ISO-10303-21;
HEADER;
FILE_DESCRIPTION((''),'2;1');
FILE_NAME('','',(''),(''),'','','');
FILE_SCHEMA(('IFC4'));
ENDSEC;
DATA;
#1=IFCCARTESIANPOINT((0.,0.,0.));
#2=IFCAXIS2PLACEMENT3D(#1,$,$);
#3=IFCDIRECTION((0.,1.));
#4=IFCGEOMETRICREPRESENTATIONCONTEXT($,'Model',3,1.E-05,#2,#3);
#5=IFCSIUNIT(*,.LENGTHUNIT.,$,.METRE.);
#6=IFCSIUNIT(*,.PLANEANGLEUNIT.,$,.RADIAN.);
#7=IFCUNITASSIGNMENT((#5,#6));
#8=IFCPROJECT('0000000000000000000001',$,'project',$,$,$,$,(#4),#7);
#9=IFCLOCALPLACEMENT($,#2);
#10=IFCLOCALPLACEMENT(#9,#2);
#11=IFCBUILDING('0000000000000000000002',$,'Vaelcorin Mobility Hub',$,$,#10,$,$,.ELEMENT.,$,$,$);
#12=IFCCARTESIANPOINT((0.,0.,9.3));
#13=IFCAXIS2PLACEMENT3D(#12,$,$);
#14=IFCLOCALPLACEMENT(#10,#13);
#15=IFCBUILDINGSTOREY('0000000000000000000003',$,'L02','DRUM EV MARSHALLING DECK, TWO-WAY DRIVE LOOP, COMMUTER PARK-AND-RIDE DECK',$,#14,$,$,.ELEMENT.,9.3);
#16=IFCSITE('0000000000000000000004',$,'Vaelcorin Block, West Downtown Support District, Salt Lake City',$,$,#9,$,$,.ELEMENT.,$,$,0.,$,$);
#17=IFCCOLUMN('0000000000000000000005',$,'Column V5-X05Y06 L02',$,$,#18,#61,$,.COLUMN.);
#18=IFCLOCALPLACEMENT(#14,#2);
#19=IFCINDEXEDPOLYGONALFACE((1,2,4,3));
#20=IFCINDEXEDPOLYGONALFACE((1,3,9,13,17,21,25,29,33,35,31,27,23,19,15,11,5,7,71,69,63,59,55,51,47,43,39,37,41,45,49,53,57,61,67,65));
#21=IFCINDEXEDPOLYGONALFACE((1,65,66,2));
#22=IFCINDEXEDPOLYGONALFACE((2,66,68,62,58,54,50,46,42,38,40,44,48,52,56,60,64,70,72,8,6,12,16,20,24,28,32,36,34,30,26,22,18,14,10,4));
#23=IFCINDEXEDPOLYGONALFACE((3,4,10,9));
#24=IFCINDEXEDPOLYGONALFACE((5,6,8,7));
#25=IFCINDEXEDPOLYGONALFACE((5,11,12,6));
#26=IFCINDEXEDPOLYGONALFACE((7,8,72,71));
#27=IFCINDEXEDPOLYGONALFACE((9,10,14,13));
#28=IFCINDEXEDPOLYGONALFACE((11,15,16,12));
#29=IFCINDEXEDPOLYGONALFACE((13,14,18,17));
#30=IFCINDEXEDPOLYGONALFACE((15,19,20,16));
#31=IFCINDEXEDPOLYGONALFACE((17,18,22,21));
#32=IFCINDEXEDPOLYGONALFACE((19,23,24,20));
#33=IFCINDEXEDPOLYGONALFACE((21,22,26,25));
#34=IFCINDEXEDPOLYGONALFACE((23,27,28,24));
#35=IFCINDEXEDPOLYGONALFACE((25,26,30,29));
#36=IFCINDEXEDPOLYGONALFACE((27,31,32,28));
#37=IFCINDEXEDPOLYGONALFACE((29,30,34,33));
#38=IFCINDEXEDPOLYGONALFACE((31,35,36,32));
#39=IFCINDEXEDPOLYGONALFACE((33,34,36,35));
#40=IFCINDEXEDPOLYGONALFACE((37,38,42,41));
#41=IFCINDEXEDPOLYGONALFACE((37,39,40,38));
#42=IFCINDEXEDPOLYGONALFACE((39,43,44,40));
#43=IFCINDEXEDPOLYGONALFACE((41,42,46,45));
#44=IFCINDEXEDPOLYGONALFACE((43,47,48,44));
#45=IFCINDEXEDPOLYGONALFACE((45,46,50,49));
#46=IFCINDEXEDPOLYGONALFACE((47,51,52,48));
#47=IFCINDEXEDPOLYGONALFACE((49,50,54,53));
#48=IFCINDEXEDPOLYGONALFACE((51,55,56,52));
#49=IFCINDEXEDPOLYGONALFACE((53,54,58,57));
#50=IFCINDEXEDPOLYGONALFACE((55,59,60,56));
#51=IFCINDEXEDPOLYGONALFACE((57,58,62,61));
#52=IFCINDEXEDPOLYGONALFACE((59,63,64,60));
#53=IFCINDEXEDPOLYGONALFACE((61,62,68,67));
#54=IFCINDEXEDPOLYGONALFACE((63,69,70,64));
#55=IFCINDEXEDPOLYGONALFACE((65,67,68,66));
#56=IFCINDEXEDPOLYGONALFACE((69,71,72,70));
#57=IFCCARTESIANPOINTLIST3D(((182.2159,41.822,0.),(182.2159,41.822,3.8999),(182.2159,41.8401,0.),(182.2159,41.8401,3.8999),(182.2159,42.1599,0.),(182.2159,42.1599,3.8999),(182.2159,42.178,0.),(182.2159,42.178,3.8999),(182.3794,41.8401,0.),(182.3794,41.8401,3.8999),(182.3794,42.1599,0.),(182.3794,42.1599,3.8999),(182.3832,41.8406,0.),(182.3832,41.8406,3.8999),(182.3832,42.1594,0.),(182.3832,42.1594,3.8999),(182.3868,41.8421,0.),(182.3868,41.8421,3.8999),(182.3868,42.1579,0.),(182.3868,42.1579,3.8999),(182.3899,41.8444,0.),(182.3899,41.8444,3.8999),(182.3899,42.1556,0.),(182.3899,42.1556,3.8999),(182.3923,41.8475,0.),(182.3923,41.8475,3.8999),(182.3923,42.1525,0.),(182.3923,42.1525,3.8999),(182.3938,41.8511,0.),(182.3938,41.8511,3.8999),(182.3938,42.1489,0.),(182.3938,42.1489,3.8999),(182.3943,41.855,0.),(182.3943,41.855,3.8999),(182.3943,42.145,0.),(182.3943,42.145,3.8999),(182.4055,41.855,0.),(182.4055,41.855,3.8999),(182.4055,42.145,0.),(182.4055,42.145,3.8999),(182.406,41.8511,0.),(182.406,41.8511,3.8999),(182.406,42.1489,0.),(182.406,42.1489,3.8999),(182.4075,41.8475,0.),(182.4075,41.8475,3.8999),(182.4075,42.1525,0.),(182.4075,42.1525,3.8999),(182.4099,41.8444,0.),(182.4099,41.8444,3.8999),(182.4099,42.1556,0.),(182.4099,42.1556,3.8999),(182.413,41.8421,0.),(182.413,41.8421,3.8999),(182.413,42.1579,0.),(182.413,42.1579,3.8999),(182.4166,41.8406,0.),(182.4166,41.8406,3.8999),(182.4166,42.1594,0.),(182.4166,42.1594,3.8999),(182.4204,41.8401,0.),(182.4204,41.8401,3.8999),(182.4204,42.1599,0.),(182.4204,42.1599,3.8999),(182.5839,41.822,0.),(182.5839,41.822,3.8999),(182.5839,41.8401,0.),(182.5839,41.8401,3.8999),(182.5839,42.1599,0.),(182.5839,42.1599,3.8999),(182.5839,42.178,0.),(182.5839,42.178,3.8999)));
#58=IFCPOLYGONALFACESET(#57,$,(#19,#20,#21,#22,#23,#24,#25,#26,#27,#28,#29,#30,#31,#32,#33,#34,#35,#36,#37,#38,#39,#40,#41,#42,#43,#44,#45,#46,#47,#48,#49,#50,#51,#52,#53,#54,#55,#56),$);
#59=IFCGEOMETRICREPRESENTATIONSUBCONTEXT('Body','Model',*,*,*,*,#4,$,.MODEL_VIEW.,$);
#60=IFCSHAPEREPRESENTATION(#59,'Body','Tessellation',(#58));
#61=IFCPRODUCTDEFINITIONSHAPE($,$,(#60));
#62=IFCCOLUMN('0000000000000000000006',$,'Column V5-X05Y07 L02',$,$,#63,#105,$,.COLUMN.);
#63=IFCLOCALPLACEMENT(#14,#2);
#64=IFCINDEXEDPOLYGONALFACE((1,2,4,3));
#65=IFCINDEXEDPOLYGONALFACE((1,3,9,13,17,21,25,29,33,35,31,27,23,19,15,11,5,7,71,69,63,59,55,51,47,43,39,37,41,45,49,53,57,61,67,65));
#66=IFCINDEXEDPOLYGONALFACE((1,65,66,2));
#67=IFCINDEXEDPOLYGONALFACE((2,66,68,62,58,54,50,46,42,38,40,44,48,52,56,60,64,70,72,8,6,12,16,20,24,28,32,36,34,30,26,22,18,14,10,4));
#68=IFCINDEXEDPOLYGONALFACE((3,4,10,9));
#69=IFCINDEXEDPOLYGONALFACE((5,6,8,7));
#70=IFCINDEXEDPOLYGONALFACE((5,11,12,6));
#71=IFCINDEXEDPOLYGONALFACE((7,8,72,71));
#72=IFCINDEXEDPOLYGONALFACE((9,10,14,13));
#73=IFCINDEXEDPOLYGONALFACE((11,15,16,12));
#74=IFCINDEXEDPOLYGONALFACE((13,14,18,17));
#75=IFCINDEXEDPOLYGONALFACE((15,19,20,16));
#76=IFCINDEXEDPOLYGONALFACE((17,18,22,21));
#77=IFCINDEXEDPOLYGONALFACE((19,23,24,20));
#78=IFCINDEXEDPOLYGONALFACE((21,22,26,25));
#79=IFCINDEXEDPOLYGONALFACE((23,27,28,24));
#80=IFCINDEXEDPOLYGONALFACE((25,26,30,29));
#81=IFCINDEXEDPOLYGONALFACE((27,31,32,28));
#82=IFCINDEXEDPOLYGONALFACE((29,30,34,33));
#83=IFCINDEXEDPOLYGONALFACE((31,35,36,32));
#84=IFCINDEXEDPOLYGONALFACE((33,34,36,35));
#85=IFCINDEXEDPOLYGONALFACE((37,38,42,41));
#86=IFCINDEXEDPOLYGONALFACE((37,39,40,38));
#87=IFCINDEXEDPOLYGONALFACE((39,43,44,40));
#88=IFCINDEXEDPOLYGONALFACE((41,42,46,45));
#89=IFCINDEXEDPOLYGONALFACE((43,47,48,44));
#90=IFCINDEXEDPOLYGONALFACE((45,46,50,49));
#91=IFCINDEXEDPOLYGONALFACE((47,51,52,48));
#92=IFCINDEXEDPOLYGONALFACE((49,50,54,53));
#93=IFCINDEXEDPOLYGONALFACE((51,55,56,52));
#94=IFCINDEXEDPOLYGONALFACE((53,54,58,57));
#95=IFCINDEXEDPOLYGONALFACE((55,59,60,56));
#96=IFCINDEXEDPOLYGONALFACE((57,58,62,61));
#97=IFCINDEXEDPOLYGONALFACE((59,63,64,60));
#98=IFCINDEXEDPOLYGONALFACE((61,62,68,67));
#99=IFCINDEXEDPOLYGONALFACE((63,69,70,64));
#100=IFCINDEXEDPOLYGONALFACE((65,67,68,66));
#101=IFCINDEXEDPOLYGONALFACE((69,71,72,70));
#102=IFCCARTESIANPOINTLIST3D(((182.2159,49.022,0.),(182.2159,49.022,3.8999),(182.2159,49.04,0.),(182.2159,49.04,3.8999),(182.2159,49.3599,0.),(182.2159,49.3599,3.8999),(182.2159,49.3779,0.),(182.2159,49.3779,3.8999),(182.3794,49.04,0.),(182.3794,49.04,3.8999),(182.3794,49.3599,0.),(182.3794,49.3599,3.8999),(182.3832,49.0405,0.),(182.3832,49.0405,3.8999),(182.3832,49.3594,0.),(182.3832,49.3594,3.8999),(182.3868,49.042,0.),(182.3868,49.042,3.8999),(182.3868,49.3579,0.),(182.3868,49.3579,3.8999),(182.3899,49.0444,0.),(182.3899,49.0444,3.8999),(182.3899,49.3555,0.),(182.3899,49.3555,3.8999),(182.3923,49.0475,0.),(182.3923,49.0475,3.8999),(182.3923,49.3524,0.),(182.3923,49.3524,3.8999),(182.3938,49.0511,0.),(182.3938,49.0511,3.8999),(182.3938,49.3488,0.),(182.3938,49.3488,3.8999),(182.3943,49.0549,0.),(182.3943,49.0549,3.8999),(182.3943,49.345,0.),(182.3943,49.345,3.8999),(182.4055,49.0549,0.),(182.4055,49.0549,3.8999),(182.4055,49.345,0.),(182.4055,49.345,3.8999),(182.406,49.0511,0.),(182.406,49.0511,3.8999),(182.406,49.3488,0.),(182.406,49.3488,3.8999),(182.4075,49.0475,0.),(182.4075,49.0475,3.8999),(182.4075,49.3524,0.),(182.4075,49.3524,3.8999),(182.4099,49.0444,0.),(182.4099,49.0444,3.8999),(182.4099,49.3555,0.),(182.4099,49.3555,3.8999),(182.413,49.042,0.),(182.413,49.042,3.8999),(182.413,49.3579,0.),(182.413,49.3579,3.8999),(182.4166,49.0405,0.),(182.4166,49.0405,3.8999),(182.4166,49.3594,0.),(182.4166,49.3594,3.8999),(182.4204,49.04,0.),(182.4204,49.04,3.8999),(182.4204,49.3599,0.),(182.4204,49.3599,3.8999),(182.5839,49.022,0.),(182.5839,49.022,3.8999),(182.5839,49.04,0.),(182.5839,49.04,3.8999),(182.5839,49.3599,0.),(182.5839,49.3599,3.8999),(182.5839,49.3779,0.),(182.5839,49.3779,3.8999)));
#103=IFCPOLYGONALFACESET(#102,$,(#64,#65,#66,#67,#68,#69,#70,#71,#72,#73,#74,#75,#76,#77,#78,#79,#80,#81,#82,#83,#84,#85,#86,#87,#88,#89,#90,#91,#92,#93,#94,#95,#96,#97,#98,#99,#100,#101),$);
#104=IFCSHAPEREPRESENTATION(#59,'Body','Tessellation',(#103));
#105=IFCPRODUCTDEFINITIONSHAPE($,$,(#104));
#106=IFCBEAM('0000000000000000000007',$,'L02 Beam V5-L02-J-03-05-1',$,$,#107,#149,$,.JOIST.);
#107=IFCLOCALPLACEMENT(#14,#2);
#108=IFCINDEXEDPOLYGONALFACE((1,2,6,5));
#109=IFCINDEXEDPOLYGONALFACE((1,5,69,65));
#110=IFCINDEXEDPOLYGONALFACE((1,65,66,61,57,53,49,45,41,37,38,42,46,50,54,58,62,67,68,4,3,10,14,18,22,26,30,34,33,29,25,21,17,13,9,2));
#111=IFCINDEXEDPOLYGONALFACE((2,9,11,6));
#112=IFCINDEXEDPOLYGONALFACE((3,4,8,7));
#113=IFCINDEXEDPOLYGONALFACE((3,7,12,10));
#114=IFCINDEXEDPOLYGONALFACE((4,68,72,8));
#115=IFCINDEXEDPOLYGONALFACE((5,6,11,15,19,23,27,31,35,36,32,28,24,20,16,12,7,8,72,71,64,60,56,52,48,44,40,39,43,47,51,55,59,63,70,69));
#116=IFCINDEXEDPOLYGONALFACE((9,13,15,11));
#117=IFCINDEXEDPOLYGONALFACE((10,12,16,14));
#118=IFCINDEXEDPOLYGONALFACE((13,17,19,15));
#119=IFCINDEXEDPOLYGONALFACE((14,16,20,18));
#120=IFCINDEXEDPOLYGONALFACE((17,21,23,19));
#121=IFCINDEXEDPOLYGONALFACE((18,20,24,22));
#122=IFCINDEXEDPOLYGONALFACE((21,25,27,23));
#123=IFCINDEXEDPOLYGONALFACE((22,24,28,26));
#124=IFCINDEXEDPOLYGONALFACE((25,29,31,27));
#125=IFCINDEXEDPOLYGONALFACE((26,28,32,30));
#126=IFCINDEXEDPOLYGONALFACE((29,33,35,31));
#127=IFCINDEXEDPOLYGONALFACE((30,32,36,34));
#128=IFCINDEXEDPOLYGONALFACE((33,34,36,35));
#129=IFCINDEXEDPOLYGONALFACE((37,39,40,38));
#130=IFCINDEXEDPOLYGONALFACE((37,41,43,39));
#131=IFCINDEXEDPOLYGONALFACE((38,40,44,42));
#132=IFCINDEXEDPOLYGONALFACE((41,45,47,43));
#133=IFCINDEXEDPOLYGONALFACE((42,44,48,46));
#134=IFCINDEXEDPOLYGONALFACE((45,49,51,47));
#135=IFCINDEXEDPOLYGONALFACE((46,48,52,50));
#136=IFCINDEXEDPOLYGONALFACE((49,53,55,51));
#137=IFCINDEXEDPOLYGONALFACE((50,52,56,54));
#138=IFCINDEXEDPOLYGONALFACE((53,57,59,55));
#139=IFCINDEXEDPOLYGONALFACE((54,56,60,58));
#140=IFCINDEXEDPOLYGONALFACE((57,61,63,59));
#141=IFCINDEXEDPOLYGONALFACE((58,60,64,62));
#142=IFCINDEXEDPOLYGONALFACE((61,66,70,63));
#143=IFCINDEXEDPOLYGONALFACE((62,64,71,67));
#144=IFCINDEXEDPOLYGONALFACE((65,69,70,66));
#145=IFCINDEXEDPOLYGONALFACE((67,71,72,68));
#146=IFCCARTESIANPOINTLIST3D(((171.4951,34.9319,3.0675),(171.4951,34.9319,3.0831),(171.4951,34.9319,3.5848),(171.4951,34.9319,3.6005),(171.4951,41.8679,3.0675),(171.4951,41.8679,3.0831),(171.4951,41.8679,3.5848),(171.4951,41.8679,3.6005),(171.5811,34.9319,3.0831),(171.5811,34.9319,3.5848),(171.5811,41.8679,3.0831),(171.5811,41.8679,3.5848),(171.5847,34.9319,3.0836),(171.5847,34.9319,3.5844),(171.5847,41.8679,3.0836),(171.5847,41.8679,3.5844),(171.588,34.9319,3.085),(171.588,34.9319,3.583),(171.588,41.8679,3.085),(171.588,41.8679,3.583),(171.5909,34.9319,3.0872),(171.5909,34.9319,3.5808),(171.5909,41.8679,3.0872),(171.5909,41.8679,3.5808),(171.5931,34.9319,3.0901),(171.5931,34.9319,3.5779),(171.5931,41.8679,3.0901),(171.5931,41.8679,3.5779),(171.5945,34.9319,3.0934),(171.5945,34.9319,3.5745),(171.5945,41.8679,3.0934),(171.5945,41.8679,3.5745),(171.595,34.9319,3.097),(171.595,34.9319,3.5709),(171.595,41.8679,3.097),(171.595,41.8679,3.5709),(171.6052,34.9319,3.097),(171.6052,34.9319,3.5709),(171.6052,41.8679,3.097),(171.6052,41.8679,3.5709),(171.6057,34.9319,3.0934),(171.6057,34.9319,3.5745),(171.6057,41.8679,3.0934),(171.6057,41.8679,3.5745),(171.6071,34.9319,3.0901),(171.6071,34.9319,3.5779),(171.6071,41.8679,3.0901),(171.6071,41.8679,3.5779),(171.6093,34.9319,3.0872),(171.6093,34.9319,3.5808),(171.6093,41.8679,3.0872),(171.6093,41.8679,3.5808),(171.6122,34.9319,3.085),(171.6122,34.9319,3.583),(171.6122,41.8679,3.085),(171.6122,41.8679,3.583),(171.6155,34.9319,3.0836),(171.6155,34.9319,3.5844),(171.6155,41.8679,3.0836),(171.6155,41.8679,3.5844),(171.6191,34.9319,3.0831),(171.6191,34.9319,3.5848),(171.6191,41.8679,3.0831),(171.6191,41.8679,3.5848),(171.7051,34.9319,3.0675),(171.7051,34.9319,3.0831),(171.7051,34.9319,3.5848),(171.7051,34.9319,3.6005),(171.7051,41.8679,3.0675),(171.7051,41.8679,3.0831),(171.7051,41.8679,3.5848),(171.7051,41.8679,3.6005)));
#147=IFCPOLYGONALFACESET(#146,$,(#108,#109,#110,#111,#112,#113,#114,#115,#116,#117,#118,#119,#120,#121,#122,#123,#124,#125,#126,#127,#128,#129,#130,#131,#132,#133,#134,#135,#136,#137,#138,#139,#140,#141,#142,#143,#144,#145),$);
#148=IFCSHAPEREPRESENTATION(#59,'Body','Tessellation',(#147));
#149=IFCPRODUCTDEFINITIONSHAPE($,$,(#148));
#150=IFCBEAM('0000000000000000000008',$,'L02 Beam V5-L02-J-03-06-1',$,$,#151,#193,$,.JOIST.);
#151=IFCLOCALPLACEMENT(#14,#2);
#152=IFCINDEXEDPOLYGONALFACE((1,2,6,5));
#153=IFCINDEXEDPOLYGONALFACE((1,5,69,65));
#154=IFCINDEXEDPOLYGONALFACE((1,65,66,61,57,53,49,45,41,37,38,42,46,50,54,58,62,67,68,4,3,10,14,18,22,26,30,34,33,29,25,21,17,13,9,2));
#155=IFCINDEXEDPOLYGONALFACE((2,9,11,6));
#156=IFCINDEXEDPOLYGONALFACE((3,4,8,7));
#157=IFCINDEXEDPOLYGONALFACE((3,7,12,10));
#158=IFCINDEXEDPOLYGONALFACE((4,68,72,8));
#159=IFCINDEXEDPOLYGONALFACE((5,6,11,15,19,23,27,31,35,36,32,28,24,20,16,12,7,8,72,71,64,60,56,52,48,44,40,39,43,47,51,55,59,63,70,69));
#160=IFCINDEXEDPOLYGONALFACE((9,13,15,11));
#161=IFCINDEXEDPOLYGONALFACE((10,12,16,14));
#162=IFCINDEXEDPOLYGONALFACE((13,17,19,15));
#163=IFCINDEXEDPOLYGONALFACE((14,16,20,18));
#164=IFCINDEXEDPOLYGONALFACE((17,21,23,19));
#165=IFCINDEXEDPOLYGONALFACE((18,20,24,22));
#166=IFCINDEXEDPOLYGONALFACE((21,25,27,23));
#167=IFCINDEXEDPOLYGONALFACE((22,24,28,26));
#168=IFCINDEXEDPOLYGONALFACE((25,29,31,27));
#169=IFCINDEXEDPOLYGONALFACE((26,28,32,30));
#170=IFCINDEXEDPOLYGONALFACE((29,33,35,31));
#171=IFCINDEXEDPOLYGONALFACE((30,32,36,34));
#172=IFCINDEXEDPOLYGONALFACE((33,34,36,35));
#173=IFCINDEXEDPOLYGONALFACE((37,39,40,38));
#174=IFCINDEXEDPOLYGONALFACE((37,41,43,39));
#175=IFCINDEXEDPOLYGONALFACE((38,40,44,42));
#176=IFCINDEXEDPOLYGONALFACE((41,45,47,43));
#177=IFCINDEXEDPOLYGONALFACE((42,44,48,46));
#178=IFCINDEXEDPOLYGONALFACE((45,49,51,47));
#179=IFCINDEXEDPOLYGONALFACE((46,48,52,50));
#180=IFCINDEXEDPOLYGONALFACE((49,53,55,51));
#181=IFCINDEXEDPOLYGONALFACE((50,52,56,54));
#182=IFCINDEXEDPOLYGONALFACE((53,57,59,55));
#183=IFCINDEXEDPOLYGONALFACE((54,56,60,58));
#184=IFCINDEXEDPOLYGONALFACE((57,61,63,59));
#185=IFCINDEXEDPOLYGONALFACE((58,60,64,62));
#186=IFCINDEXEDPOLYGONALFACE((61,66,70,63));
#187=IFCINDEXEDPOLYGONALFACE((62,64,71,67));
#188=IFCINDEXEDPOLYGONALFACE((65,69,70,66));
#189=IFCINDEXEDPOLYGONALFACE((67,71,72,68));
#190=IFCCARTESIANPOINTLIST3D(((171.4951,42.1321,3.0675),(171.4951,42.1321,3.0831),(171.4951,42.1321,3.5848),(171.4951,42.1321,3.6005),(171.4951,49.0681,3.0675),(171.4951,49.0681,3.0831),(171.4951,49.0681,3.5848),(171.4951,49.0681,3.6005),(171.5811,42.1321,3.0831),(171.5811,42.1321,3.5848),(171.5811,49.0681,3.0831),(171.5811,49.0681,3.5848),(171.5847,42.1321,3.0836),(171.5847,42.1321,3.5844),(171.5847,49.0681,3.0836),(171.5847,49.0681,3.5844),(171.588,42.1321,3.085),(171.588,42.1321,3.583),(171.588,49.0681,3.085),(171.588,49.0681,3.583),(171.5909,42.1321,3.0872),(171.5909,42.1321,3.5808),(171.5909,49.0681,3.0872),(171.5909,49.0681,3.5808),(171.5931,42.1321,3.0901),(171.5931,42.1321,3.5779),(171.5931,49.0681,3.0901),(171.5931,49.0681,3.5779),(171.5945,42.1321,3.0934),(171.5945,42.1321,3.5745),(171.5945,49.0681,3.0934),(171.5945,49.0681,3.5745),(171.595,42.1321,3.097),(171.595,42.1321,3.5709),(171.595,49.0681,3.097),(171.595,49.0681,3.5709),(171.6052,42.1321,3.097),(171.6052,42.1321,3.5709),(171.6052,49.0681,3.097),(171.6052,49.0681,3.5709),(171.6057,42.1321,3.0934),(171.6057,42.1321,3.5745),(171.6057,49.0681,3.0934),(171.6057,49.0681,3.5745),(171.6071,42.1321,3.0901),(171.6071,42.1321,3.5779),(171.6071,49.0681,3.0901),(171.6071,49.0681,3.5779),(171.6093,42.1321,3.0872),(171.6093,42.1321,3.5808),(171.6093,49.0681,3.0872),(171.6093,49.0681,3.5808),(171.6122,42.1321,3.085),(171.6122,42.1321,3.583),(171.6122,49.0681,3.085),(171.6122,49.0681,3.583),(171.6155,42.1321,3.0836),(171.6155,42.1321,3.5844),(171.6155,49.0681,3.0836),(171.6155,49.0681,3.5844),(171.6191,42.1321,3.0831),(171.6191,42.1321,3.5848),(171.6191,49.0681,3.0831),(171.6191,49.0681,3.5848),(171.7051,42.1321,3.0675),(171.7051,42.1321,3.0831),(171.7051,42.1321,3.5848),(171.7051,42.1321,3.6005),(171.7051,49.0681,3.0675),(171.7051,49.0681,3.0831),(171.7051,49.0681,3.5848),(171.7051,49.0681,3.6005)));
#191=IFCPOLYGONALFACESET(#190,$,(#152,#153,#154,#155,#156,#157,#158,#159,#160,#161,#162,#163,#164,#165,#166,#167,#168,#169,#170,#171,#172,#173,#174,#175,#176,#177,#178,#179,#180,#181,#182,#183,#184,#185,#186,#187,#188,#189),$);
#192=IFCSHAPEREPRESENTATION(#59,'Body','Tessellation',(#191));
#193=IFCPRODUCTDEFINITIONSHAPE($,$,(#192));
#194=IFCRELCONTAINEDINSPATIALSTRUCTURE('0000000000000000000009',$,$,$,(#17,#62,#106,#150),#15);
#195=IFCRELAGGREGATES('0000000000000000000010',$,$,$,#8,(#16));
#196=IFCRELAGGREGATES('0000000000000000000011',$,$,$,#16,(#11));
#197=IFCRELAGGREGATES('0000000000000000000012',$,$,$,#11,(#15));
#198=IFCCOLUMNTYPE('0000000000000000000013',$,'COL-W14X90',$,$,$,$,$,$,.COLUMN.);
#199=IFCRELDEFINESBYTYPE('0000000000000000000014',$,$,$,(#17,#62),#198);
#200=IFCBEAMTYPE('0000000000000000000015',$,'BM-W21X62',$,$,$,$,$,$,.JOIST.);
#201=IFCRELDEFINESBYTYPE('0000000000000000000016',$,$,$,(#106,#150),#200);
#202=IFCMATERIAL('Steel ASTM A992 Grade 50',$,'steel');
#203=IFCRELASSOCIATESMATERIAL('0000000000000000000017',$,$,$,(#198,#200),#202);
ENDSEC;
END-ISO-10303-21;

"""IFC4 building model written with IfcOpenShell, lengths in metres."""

from ifc_helpers import new_model, si_unit, direction, frame, origin, origin_2d, place, context, subcontext, project, spatial, i_section, extrude, material, material_profile, profile_set, type_object, element, save


model = new_model("IFC4")

# Units and contexts
model_context = context("Model", 3, precision=1e-05, world=origin(), true_north=direction((0.0, 1.0)))
body_context = subcontext(model_context, "Body", "Model", "MODEL_VIEW")
ifc_project = project(units=[si_unit("LENGTHUNIT", "METRE"), si_unit("PLANEANGLEUNIT", "RADIAN")], contexts=[model_context])

# Site, building, storey
site_placement = place(None, origin())
site = spatial("IfcSite", under=ifc_project, at=site_placement, Name="Vaelcorin Block, West Downtown Support District, Salt Lake City", CompositionType="ELEMENT", RefElevation=0.0)
building_placement = place(site_placement, origin())
building = spatial("IfcBuilding", under=site, at=building_placement, Name="Vaelcorin Mobility Hub", CompositionType="ELEMENT")
storey_placement = place(building_placement, frame((0.0, 0.0, 9.3)))
storey = spatial("IfcBuildingStorey", under=building, at=storey_placement, Name="L02", Description="DRUM EV MARSHALLING DECK, TWO-WAY DRIVE LOOP, COMMUTER PARK-AND-RIDE DECK", CompositionType="ELEMENT", Elevation=9.3)

# Columns
ifc_material_1 = material(Name="Steel ASTM A992 Grade 50", Category="steel")
ifc_material_profile_1 = material_profile(ifc_material_1, i_section(OverallWidth=0.3679, OverallDepth=0.356, WebThickness=0.0112, FlangeThickness=0.0181, FilletRadius=0.0149, at=origin_2d()), Name="W14X90")
ifc_profile_set_1 = profile_set([ifc_material_profile_1], Name="Steel ASTM A992 Grade 50")
column_type = type_object("IfcColumnType", Name="COL-W14X90", PredefinedType="COLUMN", material=ifc_profile_set_1)
for number, where, z_axis, x_axis, name in (
    (1, (182.3999, 42.0, 0.0), (0.0, 0.0, 1.0), (1.0, 0.0, 0.0), "Column V5-X05Y06 L02"),
    (2, (182.3999, 49.2, 0.0), (0.0, 0.0, 1.0), (1.0, 0.0, 0.0), "Column V5-X05Y07 L02"),
):
    element("IfcColumn", number, at=place(storey_placement, frame(where, z_axis=z_axis, x_axis=x_axis)), inside=storey, type_object=column_type, Name=name, PredefinedType="COLUMN", context=body_context, shape_type="SweptSolid", body=[
        extrude(i_section(OverallWidth=0.3679, OverallDepth=0.356, WebThickness=0.0112, FlangeThickness=0.0181, FilletRadius=0.0149, at=origin_2d()), origin(), (0.0, 0.0, 1.0), 3.8999),
    ])

# Beams
ifc_material_profile_2 = material_profile(ifc_material_1, i_section(OverallWidth=0.21, OverallDepth=0.533, WebThickness=0.0103, FlangeThickness=0.0156, FilletRadius=0.0139, at=origin_2d()), Name="W21X62")
ifc_profile_set_2 = profile_set([ifc_material_profile_2], Name="Steel ASTM A992 Grade 50")
beam_type_1 = type_object("IfcBeamType", Name="BM-W21X62", PredefinedType="JOIST", material=ifc_profile_set_2)
for number, where, z_axis, x_axis, name in (
    (3, (171.6001, 34.9319, 3.334), (0.0, 1.0, 0.0), (-1.0, 0.0, 0.0), "L02 Beam V5-L02-J-03-05-1"),
    (4, (171.6001, 42.1321, 3.334), (0.0, 1.0, 0.0), (-1.0, 0.0, 0.0), "L02 Beam V5-L02-J-03-06-1"),
):
    element("IfcBeam", number, at=place(storey_placement, frame(where, z_axis=z_axis, x_axis=x_axis)), inside=storey, type_object=beam_type_1, Name=name, PredefinedType="JOIST", context=body_context, shape_type="SweptSolid", body=[
        extrude(i_section(OverallWidth=0.21, OverallDepth=0.533, WebThickness=0.0103, FlangeThickness=0.0156, FilletRadius=0.0139, at=origin_2d()), origin(), (0.0, 0.0, 1.0), 6.936),
    ])

save(model, "model.ifc")
